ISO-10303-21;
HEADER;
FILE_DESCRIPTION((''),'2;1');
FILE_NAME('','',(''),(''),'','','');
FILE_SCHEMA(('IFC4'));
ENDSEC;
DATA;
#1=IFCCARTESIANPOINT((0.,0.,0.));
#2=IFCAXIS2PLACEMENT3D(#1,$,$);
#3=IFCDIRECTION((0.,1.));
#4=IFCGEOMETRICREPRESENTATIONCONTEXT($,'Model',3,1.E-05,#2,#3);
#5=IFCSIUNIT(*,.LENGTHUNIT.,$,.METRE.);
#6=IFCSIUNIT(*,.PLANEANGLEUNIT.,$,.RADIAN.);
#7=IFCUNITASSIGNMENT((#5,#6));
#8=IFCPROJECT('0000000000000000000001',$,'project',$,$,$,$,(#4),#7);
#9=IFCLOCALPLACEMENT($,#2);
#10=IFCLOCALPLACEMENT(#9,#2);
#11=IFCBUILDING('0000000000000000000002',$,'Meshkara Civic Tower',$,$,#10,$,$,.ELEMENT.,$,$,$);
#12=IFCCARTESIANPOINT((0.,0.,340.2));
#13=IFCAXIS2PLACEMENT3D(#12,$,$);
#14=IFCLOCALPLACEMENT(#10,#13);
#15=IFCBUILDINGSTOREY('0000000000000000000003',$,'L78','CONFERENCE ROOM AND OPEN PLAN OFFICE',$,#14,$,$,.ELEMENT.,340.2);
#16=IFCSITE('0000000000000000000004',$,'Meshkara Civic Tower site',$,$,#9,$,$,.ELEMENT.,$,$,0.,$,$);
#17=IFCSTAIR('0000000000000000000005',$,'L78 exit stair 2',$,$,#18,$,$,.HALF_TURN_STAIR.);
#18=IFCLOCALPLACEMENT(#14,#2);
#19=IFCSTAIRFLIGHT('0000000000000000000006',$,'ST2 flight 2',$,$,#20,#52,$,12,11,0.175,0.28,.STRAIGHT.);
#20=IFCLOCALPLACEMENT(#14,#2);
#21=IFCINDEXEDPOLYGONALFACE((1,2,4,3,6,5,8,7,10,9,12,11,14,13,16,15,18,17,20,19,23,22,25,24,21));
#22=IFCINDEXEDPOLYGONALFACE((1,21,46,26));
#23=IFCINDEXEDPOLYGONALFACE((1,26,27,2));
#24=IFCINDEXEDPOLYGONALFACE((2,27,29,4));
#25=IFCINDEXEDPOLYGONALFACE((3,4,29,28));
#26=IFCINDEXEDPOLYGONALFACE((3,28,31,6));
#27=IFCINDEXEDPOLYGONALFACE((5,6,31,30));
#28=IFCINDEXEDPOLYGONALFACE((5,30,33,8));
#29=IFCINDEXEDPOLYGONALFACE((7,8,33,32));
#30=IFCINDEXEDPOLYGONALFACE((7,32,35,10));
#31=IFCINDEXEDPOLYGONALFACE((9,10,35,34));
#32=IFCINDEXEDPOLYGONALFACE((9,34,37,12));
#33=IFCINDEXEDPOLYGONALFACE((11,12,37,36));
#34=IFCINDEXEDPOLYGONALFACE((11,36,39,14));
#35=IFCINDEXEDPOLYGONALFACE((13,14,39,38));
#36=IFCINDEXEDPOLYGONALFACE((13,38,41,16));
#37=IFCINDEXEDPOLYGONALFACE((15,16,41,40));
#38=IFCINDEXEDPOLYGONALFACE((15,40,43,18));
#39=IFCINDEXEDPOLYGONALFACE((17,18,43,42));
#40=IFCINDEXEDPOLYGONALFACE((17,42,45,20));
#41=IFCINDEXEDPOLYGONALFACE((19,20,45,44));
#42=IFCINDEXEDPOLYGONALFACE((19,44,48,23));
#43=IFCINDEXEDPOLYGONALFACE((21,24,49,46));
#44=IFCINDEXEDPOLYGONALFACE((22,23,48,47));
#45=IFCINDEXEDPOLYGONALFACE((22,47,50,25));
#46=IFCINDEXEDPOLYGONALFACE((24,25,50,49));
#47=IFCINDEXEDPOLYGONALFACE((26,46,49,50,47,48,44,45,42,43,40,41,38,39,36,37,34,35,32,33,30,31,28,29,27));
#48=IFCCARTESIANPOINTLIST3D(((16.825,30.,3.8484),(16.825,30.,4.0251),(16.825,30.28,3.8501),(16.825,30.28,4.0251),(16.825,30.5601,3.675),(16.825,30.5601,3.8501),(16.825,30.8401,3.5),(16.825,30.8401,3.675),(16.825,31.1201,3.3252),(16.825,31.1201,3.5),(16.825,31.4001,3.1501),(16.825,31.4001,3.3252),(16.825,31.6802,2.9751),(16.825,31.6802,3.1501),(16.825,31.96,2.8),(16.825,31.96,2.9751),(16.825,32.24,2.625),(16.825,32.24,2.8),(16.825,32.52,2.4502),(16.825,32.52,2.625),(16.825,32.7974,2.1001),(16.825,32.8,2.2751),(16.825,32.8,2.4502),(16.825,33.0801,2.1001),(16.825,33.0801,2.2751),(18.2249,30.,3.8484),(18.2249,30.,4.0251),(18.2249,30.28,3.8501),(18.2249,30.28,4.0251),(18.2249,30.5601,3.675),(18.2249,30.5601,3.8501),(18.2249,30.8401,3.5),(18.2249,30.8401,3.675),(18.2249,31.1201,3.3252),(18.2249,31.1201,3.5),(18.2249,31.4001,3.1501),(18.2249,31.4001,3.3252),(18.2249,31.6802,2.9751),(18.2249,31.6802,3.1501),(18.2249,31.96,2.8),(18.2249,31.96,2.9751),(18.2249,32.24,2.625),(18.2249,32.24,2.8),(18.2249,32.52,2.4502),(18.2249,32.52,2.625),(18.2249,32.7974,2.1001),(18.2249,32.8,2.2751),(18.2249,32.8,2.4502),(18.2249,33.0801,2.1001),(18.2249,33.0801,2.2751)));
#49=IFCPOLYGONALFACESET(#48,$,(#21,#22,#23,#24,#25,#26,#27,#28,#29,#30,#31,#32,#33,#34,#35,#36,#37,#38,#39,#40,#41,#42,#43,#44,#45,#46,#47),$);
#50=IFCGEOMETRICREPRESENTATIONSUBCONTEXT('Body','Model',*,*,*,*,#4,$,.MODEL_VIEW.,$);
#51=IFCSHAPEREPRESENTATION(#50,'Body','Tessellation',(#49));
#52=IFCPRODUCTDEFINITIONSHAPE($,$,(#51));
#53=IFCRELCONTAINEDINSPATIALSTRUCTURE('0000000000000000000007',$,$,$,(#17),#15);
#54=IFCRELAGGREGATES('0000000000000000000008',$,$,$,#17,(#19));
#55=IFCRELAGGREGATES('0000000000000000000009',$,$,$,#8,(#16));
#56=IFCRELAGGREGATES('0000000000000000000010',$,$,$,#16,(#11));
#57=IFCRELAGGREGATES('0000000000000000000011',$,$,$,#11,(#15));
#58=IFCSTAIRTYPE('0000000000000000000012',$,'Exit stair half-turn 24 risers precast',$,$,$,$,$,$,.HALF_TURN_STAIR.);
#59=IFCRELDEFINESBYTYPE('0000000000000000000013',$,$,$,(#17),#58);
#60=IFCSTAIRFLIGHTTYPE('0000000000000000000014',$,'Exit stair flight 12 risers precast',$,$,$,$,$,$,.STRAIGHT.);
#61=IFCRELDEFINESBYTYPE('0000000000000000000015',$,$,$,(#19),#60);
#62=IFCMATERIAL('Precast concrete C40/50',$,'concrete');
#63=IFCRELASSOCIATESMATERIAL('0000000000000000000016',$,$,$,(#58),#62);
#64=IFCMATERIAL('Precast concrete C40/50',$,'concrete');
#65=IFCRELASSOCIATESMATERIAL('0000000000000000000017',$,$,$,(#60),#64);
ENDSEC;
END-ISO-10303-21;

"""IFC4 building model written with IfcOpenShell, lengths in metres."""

from ifc_helpers import new_model, si_unit, direction, frame, origin, place, context, subcontext, project, spatial, polyline, outline, extrude, material, type_object, element, aggregate, save


model = new_model("IFC4")

# Units and contexts
model_context = context("Model", 3, precision=1e-05, world=origin(), true_north=direction((0.0, 1.0)))
body_context = subcontext(model_context, "Body", "Model", "MODEL_VIEW")
ifc_project = project(units=[si_unit("LENGTHUNIT", "METRE"), si_unit("PLANEANGLEUNIT", "RADIAN")], contexts=[model_context])

# Site, building, storey
site_placement = place(None, origin())
site = spatial("IfcSite", under=ifc_project, at=site_placement, Name="Meshkara Civic Tower site", CompositionType="ELEMENT", RefElevation=0.0)
building_placement = place(site_placement, origin())
building = spatial("IfcBuilding", under=site, at=building_placement, Name="Meshkara Civic Tower", CompositionType="ELEMENT")
storey_placement = place(building_placement, frame((0.0, 0.0, 340.2)))
storey = spatial("IfcBuildingStorey", under=building, at=storey_placement, Name="L78", Description="CONFERENCE ROOM AND OPEN PLAN OFFICE", CompositionType="ELEMENT", Elevation=340.2)

# Shared definitions
ifc_material_1 = material(Name="Precast concrete C40/50", Category="concrete")
stair_type = type_object("IfcStairType", Name="Exit stair half-turn 24 risers precast", PredefinedType="HALF_TURN_STAIR", material=ifc_material_1)
ifc_material_2 = material(Name="Precast concrete C40/50", Category="concrete")
stair_flight_type = type_object("IfcStairFlightType", Name="Exit stair flight 12 risers precast", PredefinedType="STRAIGHT", material=ifc_material_2)

# Stair, stair flight
stair_1_placement = place(storey_placement, origin())
stair_1 = element("IfcStair", 1, at=stair_1_placement, inside=storey, type_object=stair_type, Name="L78 exit stair 2", PredefinedType="HALF_TURN_STAIR")
stair_flight_1_placement = place(storey_placement, frame((17.5249, 33.0801, 2.1001), z_axis=(0.0, 0.0, 1.0), x_axis=(0.0, -1.0, 0.0)))
stair_flight_1 = element("IfcStairFlight", 2, at=stair_flight_1_placement, type_object=stair_flight_type, Name="ST2 flight 2", NumberOfRisers=12, NumberOfTreads=11, PredefinedType="STRAIGHT", RiserHeight=0.175, TreadLength=0.28, context=body_context, shape_type="SweptSolid", body=[
    extrude(outline(polyline([(0.0, 0.0), (0.0, 0.175), (0.28, 0.175), (0.28, 0.3501), (0.5601, 0.3501), (0.5601, 0.5249), (0.8401, 0.5249), (0.8401, 0.7), (1.1201, 0.7), (1.1201, 0.875), (1.3999, 0.875), (1.3999, 1.05), (1.6799, 1.05), (1.6799, 1.2251), (1.96, 1.2251), (1.96, 1.3999), (2.24, 1.3999), (2.24, 1.575), (2.52, 1.575), (2.52, 1.75), (2.8, 1.75), (2.8, 1.925), (3.0801, 1.925), (3.0801, 2.1001), (3.0801, 1.7483), (0.2827, 0.0), (0.0, 0.0)])), frame((0.0, 0.7, 0.0), z_axis=(0.0, -1.0, 0.0), x_axis=(1.0, 0.0, 0.0)), (0.0, 0.0, 1.0), 1.3999),
])
aggregate(stair_1, [stair_flight_1])

save(model, "model.ifc")
